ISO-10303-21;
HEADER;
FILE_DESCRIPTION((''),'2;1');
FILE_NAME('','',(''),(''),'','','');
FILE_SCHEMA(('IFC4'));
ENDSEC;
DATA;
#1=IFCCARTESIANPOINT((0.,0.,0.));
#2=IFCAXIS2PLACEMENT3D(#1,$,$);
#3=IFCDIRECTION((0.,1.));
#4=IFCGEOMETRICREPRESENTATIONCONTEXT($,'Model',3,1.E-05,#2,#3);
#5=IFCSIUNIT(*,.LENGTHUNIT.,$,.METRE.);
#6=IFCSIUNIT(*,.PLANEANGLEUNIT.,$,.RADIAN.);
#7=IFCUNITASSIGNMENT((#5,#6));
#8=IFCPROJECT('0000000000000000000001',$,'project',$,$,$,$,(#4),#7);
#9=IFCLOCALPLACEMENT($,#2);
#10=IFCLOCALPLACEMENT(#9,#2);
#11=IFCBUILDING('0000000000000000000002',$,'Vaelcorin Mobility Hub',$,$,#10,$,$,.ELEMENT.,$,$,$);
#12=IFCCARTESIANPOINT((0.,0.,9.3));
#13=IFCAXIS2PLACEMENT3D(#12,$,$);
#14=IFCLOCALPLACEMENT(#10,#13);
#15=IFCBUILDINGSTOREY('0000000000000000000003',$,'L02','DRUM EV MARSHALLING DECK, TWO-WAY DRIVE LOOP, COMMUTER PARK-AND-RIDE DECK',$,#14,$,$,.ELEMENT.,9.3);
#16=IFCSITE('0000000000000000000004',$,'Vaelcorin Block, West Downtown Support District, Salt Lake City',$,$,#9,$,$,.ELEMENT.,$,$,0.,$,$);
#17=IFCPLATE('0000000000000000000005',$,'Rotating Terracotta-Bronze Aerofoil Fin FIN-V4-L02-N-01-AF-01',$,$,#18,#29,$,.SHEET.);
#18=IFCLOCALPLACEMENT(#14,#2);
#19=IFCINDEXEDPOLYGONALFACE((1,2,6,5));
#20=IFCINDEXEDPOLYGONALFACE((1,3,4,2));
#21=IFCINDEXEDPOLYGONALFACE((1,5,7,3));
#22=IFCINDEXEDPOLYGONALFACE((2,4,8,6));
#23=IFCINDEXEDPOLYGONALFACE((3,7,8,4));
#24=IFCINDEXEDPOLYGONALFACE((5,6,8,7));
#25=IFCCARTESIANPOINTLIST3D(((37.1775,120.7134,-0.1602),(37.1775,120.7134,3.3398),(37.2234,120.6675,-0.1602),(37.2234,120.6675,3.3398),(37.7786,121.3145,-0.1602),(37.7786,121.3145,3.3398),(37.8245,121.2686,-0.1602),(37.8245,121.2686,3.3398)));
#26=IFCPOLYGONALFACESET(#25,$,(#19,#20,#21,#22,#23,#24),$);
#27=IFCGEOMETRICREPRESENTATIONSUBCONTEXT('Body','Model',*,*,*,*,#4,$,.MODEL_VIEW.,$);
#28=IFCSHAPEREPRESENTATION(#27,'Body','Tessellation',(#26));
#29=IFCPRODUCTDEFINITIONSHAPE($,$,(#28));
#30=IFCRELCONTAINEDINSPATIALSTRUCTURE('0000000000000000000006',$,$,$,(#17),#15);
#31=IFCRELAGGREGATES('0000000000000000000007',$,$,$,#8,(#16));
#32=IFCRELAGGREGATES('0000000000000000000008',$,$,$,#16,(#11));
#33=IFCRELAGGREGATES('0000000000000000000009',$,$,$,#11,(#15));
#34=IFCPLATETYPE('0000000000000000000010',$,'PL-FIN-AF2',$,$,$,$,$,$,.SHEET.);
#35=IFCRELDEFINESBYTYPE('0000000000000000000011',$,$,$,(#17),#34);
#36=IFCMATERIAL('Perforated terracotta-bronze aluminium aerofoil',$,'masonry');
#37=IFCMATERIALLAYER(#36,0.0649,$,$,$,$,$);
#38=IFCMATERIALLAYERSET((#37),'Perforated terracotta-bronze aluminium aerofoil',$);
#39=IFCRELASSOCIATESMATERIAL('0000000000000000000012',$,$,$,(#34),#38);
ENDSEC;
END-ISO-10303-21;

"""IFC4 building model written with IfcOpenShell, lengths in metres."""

from ifc_helpers import new_model, si_unit, direction, frame, origin, origin_2d, place, context, subcontext, project, spatial, rectangle, extrude, material, layer, layer_set, type_object, element, save


model = new_model("IFC4")

# Units and contexts
model_context = context("Model", 3, precision=1e-05, world=origin(), true_north=direction((0.0, 1.0)))
body_context = subcontext(model_context, "Body", "Model", "MODEL_VIEW")
ifc_project = project(units=[si_unit("LENGTHUNIT", "METRE"), si_unit("PLANEANGLEUNIT", "RADIAN")], contexts=[model_context])

# Site, building, storey
site_placement = place(None, origin())
site = spatial("IfcSite", under=ifc_project, at=site_placement, Name="Vaelcorin Block, West Downtown Support District, Salt Lake City", CompositionType="ELEMENT", RefElevation=0.0)
building_placement = place(site_placement, origin())
building = spatial("IfcBuilding", under=site, at=building_placement, Name="Vaelcorin Mobility Hub", CompositionType="ELEMENT")
storey_placement = place(building_placement, frame((0.0, 0.0, 9.3)))
storey = spatial("IfcBuildingStorey", under=building, at=storey_placement, Name="L02", Description="DRUM EV MARSHALLING DECK, TWO-WAY DRIVE LOOP, COMMUTER PARK-AND-RIDE DECK", CompositionType="ELEMENT", Elevation=9.3)

# Plate
ifc_material_1 = material(Name="Perforated terracotta-bronze aluminium aerofoil", Category="masonry")
ifc_layer_1 = layer(ifc_material_1, 0.0649)
ifc_layer_set_1 = layer_set([ifc_layer_1], Name="Perforated terracotta-bronze aluminium aerofoil")
plate_type_1 = type_object("IfcPlateType", Name="PL-FIN-AF2", PredefinedType="SHEET", material=ifc_layer_set_1)
plate_placement = place(storey_placement, frame((37.501, 120.991, -0.1602), z_axis=(0.0, 0.0, 1.0), x_axis=(0.707107, 0.707107, 0.0)))
element("IfcPlate", 1, at=plate_placement, inside=storey, type_object=plate_type_1, Name="Rotating Terracotta-Bronze Aerofoil Fin FIN-V4-L02-N-01-AF-01", PredefinedType="SHEET", context=body_context, shape_type="SweptSolid", body=[
    extrude(rectangle(XDim=0.8501, YDim=0.0649, at=origin_2d()), origin(), (0.0, 0.0, 1.0), 3.5),
])

save(model, "model.ifc")
